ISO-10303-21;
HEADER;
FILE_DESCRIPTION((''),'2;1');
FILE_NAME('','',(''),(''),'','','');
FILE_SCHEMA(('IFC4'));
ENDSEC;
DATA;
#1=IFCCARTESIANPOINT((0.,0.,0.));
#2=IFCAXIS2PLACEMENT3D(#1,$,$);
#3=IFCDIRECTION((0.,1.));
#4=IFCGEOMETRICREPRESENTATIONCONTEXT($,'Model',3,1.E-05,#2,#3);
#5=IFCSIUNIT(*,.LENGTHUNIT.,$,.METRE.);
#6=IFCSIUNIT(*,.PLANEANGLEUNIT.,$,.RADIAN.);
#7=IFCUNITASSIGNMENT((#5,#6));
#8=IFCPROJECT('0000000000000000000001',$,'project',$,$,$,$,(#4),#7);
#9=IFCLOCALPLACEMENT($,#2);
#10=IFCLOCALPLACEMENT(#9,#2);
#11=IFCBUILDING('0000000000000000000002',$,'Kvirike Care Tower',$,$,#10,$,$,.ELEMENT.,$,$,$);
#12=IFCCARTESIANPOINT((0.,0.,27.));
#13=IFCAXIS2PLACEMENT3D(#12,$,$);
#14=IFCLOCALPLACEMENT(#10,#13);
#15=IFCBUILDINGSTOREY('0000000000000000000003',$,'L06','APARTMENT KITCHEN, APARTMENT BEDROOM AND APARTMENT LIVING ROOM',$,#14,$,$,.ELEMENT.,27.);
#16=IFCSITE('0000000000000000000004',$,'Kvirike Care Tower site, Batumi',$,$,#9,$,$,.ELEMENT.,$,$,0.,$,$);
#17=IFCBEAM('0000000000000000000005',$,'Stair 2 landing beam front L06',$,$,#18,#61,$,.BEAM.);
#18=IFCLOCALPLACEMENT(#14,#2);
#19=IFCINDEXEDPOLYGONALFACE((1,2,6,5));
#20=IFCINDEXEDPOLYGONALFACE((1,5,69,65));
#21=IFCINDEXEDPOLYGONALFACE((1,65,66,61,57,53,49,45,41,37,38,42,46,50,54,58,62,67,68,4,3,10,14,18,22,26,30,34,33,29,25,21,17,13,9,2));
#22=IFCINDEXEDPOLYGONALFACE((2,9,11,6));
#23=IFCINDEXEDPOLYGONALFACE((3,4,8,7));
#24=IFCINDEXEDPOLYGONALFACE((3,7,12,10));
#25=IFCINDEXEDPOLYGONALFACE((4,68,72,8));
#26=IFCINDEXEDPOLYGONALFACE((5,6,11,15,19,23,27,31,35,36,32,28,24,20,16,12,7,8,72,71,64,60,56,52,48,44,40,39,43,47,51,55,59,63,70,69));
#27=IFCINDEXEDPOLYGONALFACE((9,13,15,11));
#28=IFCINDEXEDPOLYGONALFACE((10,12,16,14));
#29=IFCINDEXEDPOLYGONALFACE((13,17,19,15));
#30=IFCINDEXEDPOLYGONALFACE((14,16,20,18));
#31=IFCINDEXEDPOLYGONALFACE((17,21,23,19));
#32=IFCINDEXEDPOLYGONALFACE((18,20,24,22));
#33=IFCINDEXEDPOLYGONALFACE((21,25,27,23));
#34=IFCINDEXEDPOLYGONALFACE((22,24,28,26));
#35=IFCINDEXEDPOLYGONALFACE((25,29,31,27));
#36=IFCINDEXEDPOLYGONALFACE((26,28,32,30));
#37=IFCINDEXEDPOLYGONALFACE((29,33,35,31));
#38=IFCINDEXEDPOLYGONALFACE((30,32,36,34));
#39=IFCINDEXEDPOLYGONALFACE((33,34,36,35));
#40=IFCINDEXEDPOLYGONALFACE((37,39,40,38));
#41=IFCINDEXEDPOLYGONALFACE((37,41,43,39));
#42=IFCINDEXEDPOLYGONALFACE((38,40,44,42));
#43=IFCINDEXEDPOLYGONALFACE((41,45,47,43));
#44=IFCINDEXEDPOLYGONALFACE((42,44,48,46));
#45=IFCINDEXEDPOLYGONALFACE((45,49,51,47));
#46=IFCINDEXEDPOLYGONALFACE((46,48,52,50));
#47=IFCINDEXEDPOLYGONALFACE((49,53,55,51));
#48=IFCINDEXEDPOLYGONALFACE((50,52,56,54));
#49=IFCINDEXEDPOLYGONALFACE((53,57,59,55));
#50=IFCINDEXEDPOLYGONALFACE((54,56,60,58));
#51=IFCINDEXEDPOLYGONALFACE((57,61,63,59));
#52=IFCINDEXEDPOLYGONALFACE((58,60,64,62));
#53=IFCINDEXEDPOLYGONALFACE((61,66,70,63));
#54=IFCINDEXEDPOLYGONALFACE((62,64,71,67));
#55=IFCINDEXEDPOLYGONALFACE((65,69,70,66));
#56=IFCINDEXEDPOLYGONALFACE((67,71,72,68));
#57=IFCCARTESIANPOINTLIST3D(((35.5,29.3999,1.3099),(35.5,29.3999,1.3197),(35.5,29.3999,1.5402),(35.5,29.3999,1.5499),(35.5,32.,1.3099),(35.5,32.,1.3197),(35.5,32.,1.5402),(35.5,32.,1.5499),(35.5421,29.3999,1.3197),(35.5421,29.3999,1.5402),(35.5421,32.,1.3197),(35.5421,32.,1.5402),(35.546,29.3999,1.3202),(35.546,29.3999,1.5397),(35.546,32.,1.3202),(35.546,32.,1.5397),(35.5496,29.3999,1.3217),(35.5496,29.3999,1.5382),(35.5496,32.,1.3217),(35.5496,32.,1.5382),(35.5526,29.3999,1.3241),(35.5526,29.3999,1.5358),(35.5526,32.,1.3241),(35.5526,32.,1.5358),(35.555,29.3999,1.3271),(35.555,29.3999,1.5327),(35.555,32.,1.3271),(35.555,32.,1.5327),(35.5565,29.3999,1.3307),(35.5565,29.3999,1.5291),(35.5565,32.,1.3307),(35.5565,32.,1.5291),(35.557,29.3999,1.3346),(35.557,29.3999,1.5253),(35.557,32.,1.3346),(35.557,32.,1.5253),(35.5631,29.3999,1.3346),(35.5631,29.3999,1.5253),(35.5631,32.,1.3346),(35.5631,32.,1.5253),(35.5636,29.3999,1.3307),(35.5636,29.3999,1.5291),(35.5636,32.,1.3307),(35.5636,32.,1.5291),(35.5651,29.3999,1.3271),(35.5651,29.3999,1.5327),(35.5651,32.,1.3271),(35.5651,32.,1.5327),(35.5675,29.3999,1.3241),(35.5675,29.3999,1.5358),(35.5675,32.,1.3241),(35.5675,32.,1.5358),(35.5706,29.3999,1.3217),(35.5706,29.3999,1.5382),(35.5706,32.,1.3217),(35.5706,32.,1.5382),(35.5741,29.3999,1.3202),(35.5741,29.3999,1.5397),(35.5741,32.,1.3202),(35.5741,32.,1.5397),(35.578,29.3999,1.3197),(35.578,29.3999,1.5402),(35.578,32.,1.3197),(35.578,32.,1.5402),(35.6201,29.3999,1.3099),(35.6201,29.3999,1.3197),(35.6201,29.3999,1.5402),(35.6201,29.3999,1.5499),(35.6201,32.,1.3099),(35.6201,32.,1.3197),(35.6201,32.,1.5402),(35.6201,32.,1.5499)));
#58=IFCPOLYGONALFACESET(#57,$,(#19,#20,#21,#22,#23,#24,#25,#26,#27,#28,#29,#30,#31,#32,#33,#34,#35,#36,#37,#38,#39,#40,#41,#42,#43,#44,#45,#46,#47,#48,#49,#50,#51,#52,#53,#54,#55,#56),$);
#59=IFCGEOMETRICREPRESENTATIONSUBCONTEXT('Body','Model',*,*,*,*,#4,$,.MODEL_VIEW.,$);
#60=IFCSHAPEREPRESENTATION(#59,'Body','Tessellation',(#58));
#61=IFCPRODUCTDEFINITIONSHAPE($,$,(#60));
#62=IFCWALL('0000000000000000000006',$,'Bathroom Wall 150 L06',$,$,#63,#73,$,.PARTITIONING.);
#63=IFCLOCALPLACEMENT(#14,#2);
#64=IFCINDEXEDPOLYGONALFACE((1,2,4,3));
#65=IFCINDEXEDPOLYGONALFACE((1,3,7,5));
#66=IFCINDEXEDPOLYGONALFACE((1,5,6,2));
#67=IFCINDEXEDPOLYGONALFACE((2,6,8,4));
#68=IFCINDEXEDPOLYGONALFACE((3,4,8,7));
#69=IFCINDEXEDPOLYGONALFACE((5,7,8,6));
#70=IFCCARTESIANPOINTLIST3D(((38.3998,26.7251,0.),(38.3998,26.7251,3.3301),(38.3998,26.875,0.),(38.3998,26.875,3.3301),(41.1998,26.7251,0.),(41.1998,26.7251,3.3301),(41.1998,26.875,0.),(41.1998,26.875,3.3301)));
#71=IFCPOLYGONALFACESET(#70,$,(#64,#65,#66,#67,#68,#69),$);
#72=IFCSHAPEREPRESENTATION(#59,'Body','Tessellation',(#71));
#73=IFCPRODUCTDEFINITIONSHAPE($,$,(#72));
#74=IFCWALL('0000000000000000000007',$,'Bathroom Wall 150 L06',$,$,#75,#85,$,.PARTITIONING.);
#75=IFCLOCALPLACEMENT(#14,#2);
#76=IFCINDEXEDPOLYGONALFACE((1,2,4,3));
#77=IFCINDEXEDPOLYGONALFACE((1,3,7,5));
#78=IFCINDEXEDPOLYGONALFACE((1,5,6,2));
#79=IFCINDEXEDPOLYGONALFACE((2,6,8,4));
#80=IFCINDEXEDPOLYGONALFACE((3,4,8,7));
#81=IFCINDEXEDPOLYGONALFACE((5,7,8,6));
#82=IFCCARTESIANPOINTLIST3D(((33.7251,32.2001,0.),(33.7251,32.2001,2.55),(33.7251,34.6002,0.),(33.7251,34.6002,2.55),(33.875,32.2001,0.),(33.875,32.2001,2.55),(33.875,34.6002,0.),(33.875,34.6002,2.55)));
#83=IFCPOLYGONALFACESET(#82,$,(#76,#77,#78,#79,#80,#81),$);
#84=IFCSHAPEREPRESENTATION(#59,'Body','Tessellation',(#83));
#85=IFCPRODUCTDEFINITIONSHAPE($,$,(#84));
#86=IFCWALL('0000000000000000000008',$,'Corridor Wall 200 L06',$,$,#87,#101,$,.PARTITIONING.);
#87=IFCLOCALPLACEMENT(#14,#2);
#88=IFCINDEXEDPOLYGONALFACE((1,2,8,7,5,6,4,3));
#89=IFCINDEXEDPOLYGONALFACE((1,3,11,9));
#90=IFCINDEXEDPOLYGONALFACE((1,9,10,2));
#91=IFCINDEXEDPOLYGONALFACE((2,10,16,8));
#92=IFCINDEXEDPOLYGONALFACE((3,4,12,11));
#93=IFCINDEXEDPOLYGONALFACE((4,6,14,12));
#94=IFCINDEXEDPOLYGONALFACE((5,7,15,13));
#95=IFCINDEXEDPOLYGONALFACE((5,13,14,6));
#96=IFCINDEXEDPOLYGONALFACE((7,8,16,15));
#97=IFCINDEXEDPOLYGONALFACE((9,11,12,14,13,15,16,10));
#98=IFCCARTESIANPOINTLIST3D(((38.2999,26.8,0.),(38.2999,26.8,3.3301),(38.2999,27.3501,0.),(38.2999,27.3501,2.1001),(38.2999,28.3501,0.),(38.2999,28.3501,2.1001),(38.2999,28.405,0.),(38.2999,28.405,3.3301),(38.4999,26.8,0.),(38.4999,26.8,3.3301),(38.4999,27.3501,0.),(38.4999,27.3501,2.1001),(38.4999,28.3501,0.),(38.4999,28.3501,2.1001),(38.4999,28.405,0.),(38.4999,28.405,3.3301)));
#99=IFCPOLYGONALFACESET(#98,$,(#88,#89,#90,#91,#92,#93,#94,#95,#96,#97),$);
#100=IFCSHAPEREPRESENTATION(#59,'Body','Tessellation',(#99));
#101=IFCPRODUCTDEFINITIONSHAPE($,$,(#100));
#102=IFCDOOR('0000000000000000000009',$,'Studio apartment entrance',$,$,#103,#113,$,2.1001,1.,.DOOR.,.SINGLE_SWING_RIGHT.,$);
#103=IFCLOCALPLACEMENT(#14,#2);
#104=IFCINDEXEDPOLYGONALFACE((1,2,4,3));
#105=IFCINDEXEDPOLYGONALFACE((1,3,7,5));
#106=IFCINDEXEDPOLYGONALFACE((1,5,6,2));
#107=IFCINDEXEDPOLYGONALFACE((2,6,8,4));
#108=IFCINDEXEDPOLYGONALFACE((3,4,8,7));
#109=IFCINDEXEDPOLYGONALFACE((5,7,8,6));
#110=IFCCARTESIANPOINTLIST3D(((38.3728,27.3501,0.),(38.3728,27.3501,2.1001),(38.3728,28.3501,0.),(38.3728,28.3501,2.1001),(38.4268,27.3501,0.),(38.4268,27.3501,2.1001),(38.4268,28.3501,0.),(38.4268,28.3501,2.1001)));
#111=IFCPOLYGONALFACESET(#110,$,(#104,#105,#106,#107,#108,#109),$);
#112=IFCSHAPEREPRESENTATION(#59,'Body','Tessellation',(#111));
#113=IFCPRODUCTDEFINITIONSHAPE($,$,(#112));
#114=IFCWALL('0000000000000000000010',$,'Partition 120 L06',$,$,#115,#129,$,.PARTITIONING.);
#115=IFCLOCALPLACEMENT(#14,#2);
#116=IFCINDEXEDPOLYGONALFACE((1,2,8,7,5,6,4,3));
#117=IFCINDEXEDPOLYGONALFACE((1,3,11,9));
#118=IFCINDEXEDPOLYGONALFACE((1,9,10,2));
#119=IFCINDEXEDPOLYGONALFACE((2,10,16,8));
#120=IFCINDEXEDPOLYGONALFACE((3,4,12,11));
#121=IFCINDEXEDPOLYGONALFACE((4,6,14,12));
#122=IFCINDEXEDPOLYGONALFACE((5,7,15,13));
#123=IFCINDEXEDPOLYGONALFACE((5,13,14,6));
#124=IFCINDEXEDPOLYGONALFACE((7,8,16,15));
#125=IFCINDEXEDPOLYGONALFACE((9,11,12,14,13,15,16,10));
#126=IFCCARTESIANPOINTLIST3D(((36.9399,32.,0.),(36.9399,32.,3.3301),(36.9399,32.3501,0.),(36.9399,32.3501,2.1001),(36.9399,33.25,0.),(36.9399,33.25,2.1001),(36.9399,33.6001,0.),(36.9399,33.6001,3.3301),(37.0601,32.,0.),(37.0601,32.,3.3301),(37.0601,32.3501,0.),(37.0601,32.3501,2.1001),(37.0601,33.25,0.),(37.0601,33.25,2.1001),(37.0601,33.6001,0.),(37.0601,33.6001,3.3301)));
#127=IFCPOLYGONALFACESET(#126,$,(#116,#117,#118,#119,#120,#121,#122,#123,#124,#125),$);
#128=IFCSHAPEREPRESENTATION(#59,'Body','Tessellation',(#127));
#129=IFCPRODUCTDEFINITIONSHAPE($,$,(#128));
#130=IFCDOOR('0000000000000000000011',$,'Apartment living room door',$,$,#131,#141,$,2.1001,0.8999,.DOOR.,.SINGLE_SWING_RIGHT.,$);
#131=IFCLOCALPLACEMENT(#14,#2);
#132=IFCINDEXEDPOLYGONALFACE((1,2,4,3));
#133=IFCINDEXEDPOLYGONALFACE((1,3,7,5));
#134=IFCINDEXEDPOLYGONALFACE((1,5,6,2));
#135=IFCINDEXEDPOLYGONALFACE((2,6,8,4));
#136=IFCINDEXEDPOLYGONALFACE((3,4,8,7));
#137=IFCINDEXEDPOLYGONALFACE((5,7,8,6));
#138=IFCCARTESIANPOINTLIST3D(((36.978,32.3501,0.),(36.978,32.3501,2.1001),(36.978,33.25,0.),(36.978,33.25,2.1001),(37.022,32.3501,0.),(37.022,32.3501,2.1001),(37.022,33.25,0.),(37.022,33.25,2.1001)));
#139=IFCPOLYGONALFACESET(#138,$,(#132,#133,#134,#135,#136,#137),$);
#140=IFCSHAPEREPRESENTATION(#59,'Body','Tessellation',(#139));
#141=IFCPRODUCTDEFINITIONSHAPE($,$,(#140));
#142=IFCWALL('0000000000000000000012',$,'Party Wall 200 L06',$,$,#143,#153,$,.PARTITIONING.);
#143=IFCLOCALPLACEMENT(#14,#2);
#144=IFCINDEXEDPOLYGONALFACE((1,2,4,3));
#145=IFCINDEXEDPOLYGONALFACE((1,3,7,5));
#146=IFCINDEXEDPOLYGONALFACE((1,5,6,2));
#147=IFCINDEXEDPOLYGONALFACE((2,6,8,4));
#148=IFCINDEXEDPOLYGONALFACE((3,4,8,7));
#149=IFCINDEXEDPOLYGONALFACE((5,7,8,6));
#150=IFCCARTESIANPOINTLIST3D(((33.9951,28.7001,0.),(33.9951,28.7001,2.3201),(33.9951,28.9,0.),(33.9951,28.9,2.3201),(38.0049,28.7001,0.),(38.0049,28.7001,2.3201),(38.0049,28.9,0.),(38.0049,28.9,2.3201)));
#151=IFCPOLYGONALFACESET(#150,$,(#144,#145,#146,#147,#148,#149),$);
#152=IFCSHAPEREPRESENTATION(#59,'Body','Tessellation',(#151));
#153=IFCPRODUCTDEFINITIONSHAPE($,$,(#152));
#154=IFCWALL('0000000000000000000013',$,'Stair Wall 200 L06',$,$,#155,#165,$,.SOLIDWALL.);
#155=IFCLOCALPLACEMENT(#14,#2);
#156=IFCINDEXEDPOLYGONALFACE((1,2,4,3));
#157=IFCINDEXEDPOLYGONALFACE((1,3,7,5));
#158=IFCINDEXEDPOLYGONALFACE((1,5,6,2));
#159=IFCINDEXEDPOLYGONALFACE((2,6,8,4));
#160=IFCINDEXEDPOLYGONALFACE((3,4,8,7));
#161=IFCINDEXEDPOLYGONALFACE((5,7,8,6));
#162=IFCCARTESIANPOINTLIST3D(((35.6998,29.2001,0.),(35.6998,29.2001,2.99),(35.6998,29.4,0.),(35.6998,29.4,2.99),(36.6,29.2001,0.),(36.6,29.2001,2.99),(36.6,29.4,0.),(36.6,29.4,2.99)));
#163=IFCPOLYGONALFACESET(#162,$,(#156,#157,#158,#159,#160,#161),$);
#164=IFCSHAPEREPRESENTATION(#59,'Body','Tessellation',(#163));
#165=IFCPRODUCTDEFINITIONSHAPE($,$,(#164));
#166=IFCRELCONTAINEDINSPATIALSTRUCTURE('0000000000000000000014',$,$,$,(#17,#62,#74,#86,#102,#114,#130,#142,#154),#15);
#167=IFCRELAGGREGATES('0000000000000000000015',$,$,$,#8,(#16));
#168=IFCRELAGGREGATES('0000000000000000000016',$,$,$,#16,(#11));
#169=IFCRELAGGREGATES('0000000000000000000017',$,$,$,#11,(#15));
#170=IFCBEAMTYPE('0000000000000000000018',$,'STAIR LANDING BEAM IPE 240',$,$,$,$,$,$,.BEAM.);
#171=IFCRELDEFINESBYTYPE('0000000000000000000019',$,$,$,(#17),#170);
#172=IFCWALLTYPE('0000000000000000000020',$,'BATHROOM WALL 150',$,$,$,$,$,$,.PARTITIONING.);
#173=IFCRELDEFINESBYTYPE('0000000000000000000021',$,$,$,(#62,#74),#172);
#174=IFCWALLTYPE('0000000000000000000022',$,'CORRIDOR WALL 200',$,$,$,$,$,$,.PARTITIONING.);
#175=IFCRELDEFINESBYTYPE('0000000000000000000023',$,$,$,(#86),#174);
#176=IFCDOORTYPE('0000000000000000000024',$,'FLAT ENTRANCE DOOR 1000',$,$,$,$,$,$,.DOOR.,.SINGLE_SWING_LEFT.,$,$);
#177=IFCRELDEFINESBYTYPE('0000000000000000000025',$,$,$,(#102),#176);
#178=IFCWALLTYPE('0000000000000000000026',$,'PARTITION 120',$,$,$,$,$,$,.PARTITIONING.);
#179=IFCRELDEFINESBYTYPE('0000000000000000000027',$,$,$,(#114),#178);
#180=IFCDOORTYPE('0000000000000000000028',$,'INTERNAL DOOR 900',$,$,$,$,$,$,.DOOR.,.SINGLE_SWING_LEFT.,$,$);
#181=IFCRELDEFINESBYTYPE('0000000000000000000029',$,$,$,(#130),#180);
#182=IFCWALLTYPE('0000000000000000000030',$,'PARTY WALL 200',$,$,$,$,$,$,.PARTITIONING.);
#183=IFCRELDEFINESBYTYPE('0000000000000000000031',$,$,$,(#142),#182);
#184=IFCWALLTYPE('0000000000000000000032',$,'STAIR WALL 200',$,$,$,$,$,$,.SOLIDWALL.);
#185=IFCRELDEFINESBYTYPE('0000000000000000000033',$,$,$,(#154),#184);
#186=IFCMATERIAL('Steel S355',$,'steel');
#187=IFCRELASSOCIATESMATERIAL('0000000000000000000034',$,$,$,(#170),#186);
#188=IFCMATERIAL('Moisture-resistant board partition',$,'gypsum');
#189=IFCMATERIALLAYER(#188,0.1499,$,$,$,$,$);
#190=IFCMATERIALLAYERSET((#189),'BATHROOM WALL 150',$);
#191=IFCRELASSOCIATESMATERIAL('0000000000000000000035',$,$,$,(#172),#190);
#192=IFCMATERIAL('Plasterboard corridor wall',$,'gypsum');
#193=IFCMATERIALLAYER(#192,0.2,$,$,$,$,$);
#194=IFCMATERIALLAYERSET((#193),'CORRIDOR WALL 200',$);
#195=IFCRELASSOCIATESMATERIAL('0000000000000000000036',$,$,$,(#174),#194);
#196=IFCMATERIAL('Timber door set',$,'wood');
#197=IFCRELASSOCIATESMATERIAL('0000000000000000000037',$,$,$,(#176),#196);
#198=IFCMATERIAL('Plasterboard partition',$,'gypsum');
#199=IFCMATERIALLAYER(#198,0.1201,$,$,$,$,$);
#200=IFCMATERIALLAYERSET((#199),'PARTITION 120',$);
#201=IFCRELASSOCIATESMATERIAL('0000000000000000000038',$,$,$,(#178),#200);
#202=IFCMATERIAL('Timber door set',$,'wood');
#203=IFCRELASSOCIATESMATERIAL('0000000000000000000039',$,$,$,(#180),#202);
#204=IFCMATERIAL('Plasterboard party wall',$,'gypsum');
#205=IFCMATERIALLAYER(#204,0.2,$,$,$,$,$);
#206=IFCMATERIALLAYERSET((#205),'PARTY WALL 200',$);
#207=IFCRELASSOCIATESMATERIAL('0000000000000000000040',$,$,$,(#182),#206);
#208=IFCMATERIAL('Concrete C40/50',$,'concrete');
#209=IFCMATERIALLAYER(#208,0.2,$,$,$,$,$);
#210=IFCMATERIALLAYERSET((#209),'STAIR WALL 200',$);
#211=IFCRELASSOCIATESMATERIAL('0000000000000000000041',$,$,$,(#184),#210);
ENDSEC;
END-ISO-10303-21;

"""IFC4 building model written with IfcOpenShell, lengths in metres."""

from ifc_helpers import new_model, si_unit, direction, frame, frame_2d, origin, origin_2d, place, context, subcontext, project, spatial, rectangle, i_section, extrude, material, layer, layer_set, material_profile, profile_set, type_object, element, fill, save


model = new_model("IFC4")

# Units and contexts
model_context = context("Model", 3, precision=1e-05, world=origin(), true_north=direction((0.0, 1.0)))
body_context = subcontext(model_context, "Body", "Model", "MODEL_VIEW")
ifc_project = project(units=[si_unit("LENGTHUNIT", "METRE"), si_unit("PLANEANGLEUNIT", "RADIAN")], contexts=[model_context])

# Site, building, storey
site_placement = place(None, origin())
site = spatial("IfcSite", under=ifc_project, at=site_placement, Name="Kvirike Care Tower site, Batumi", CompositionType="ELEMENT", RefElevation=0.0)
building_placement = place(site_placement, origin())
building = spatial("IfcBuilding", under=site, at=building_placement, Name="Kvirike Care Tower", CompositionType="ELEMENT")
storey_placement = place(building_placement, frame((0.0, 0.0, 27.0)))
storey = spatial("IfcBuildingStorey", under=building, at=storey_placement, Name="L06", Description="APARTMENT KITCHEN, APARTMENT BEDROOM AND APARTMENT LIVING ROOM", CompositionType="ELEMENT", Elevation=27.0)

# Beam
ifc_material_1 = material(Name="Steel S355", Category="steel")
ifc_material_profile_1 = material_profile(ifc_material_1, i_section(OverallWidth=0.1201, OverallDepth=0.24, WebThickness=0.0061, FlangeThickness=0.0098, FilletRadius=0.0149, at=origin_2d()), Name="IPE 240")
ifc_profile_set_1 = profile_set([ifc_material_profile_1], Name="Steel S355")
beam_type_1 = type_object("IfcBeamType", Name="STAIR LANDING BEAM IPE 240", PredefinedType="BEAM", material=ifc_profile_set_1)
for number, where, z_axis, x_axis, name in (
    (1, (35.5601, 29.3999, 1.4299), (0.0, 1.0, 0.0), (-1.0, 0.0, 0.0), "Stair 2 landing beam front L06"),
):
    element("IfcBeam", number, at=place(storey_placement, frame(where, z_axis=z_axis, x_axis=x_axis)), inside=storey, type_object=beam_type_1, Name=name, PredefinedType="BEAM", context=body_context, shape_type="SweptSolid", body=[
        extrude(i_section(OverallWidth=0.1201, OverallDepth=0.24, WebThickness=0.0061, FlangeThickness=0.0098, FilletRadius=0.0149, at=origin_2d()), origin(), (0.0, 0.0, 1.0), 2.6001),
    ])

# Walls
ifc_material_2 = material(Name="Moisture-resistant board partition", Category="gypsum")
ifc_layer_1 = layer(ifc_material_2, 0.1499)
ifc_layer_set_1 = layer_set([ifc_layer_1], Name="BATHROOM WALL 150")
wall_type_1 = type_object("IfcWallType", Name="BATHROOM WALL 150", PredefinedType="PARTITIONING", material=ifc_layer_set_1)
wall_1_placement = place(storey_placement, frame((38.3999, 26.8, 0.0), z_axis=(0.0, 0.0, 1.0), x_axis=(1.0, 0.0, 0.0)))
element("IfcWall", 2, at=wall_1_placement, inside=storey, type_object=wall_type_1, Name="Bathroom Wall 150 L06", PredefinedType="PARTITIONING", context=body_context, shape_type="SweptSolid", body=[
    extrude(rectangle(XDim=2.8, YDim=0.1499, at=frame_2d((1.3999, 0.0))), origin(), (0.0, 0.0, 1.0), 3.3301),
])
wall_2_placement = place(storey_placement, frame((33.8, 32.2, 0.0), z_axis=(0.0, 0.0, 1.0), x_axis=(0.0, 1.0, 0.0)))
element("IfcWall", 3, at=wall_2_placement, inside=storey, type_object=wall_type_1, Name="Bathroom Wall 150 L06", PredefinedType="PARTITIONING", context=body_context, shape_type="SweptSolid", body=[
    extrude(rectangle(XDim=2.4001, YDim=0.1499, at=frame_2d((1.2002, 0.0))), origin(), (0.0, 0.0, 1.0), 2.55),
])

# Walls, openings, doors
ifc_material_3 = material(Name="Plasterboard corridor wall", Category="gypsum")
ifc_layer_2 = layer(ifc_material_3, 0.2)
ifc_layer_set_2 = layer_set([ifc_layer_2], Name="CORRIDOR WALL 200")
wall_type_2 = type_object("IfcWallType", Name="CORRIDOR WALL 200", PredefinedType="PARTITIONING", material=ifc_layer_set_2)
wall_3_placement = place(storey_placement, frame((38.3999, 26.8, 0.0), z_axis=(0.0, 0.0, 1.0), x_axis=(0.0, 1.0, 0.0)))
wall_3 = element("IfcWall", 4, at=wall_3_placement, inside=storey, type_object=wall_type_2, Name="Corridor Wall 200 L06", PredefinedType="PARTITIONING", context=body_context, shape_type="SweptSolid", body=[
    extrude(rectangle(XDim=1.605, YDim=0.2, at=frame_2d((0.8025, 0.0))), origin(), (0.0, 0.0, 1.0), 3.3301),
])
opening_1_placement = place(wall_3_placement, frame((0.55, 0.0, 0.0)))
opening_1 = element("IfcOpeningElement", 5, at=opening_1_placement, cuts=wall_3, PredefinedType="OPENING", context=body_context, shape_type="SweptSolid", body=[
    extrude(rectangle(XDim=1.0, YDim=2.1001, at=frame_2d((0.5, 1.05))), frame((0.0, 0.1106, 0.0), z_axis=(0.0, -1.0, 0.0), x_axis=(1.0, 0.0, 0.0)), (0.0, 0.0, 1.0), 0.2209),
])
ifc_material_4 = material(Name="Timber door set", Category="wood")
door_type_1 = type_object("IfcDoorType", Name="FLAT ENTRANCE DOOR 1000", OperationType="SINGLE_SWING_LEFT", PredefinedType="DOOR", material=ifc_material_4)
door_1_placement = place(opening_1_placement, frame((1.0, 0.0, 0.0), z_axis=(0.0, 0.0, 1.0), x_axis=(-1.0, 0.0, 0.0)))
door_1 = element("IfcDoor", 6, at=door_1_placement, inside=storey, type_object=door_type_1, Name="Studio apartment entrance", OperationType="SINGLE_SWING_RIGHT", OverallHeight=2.1001, OverallWidth=1.0, PredefinedType="DOOR", context=body_context, shape_type="SweptSolid", body=[
    extrude(rectangle(XDim=1.0, YDim=2.1001, at=frame_2d((0.5, 1.05))), frame((0.0, 0.0269, 0.0), z_axis=(0.0, -1.0, 0.0), x_axis=(1.0, 0.0, 0.0)), (0.0, 0.0, 1.0), 0.054),
])
fill(opening_1, door_1)
ifc_material_5 = material(Name="Plasterboard partition", Category="gypsum")
ifc_layer_3 = layer(ifc_material_5, 0.1201)
ifc_layer_set_3 = layer_set([ifc_layer_3], Name="PARTITION 120")
wall_type_3 = type_object("IfcWallType", Name="PARTITION 120", PredefinedType="PARTITIONING", material=ifc_layer_set_3)
wall_4_placement = place(storey_placement, frame((37.0, 32.0, 0.0), z_axis=(0.0, 0.0, 1.0), x_axis=(0.0, 1.0, 0.0)))
wall_4 = element("IfcWall", 7, at=wall_4_placement, inside=storey, type_object=wall_type_3, Name="Partition 120 L06", PredefinedType="PARTITIONING", context=body_context, shape_type="SweptSolid", body=[
    extrude(rectangle(XDim=1.6001, YDim=0.1201, at=frame_2d((0.8, 0.0))), origin(), (0.0, 0.0, 1.0), 3.3301),
])
opening_2_placement = place(wall_4_placement, frame((0.3501, 0.0, 0.0)))
opening_2 = element("IfcOpeningElement", 8, at=opening_2_placement, cuts=wall_4, PredefinedType="OPENING", context=body_context, shape_type="SweptSolid", body=[
    extrude(rectangle(XDim=0.8999, YDim=2.1001, at=frame_2d((0.45, 1.05))), frame((0.0, 0.0706, 0.0), z_axis=(0.0, -1.0, 0.0), x_axis=(1.0, 0.0, 0.0)), (0.0, 0.0, 1.0), 0.1411),
])
ifc_material_6 = material(Name="Timber door set", Category="wood")
door_type_2 = type_object("IfcDoorType", Name="INTERNAL DOOR 900", OperationType="SINGLE_SWING_LEFT", PredefinedType="DOOR", material=ifc_material_6)
door_2_placement = place(opening_2_placement, origin())
door_2 = element("IfcDoor", 9, at=door_2_placement, inside=storey, type_object=door_type_2, Name="Apartment living room door", OperationType="SINGLE_SWING_RIGHT", OverallHeight=2.1001, OverallWidth=0.8999, PredefinedType="DOOR", context=body_context, shape_type="SweptSolid", body=[
    extrude(rectangle(XDim=0.8999, YDim=2.1001, at=frame_2d((0.45, 1.05))), frame((0.0, 0.022, 0.0), z_axis=(0.0, -1.0, 0.0), x_axis=(1.0, 0.0, 0.0)), (0.0, 0.0, 1.0), 0.0439),
])
fill(opening_2, door_2)

# Walls
ifc_material_7 = material(Name="Plasterboard party wall", Category="gypsum")
ifc_layer_4 = layer(ifc_material_7, 0.2)
ifc_layer_set_4 = layer_set([ifc_layer_4], Name="PARTY WALL 200")
wall_type_4 = type_object("IfcWallType", Name="PARTY WALL 200", PredefinedType="PARTITIONING", material=ifc_layer_set_4)
wall_5_placement = place(storey_placement, frame((38.0049, 28.8, 0.0), z_axis=(0.0, 0.0, 1.0), x_axis=(-1.0, 0.0, 0.0)))
element("IfcWall", 10, at=wall_5_placement, inside=storey, type_object=wall_type_4, Name="Party Wall 200 L06", PredefinedType="PARTITIONING", context=body_context, shape_type="SweptSolid", body=[
    extrude(rectangle(XDim=4.0098, YDim=0.2, at=frame_2d((2.0049, 0.0))), origin(), (0.0, 0.0, 1.0), 2.3201),
])
ifc_material_8 = material(Name="Concrete C40/50", Category="concrete")
ifc_layer_5 = layer(ifc_material_8, 0.2)
ifc_layer_set_5 = layer_set([ifc_layer_5], Name="STAIR WALL 200")
wall_type_5 = type_object("IfcWallType", Name="STAIR WALL 200", PredefinedType="SOLIDWALL", material=ifc_layer_set_5)
wall_6_placement = place(storey_placement, frame((36.6001, 29.3, 0.0), z_axis=(0.0, 0.0, 1.0), x_axis=(-1.0, 0.0, 0.0)))
element("IfcWall", 11, at=wall_6_placement, inside=storey, type_object=wall_type_5, Name="Stair Wall 200 L06", PredefinedType="SOLIDWALL", context=body_context, shape_type="SweptSolid", body=[
    extrude(rectangle(XDim=0.9001, YDim=0.2, at=frame_2d((0.4502, 0.0))), origin(), (0.0, 0.0, 1.0), 2.99),
])

save(model, "model.ifc")
